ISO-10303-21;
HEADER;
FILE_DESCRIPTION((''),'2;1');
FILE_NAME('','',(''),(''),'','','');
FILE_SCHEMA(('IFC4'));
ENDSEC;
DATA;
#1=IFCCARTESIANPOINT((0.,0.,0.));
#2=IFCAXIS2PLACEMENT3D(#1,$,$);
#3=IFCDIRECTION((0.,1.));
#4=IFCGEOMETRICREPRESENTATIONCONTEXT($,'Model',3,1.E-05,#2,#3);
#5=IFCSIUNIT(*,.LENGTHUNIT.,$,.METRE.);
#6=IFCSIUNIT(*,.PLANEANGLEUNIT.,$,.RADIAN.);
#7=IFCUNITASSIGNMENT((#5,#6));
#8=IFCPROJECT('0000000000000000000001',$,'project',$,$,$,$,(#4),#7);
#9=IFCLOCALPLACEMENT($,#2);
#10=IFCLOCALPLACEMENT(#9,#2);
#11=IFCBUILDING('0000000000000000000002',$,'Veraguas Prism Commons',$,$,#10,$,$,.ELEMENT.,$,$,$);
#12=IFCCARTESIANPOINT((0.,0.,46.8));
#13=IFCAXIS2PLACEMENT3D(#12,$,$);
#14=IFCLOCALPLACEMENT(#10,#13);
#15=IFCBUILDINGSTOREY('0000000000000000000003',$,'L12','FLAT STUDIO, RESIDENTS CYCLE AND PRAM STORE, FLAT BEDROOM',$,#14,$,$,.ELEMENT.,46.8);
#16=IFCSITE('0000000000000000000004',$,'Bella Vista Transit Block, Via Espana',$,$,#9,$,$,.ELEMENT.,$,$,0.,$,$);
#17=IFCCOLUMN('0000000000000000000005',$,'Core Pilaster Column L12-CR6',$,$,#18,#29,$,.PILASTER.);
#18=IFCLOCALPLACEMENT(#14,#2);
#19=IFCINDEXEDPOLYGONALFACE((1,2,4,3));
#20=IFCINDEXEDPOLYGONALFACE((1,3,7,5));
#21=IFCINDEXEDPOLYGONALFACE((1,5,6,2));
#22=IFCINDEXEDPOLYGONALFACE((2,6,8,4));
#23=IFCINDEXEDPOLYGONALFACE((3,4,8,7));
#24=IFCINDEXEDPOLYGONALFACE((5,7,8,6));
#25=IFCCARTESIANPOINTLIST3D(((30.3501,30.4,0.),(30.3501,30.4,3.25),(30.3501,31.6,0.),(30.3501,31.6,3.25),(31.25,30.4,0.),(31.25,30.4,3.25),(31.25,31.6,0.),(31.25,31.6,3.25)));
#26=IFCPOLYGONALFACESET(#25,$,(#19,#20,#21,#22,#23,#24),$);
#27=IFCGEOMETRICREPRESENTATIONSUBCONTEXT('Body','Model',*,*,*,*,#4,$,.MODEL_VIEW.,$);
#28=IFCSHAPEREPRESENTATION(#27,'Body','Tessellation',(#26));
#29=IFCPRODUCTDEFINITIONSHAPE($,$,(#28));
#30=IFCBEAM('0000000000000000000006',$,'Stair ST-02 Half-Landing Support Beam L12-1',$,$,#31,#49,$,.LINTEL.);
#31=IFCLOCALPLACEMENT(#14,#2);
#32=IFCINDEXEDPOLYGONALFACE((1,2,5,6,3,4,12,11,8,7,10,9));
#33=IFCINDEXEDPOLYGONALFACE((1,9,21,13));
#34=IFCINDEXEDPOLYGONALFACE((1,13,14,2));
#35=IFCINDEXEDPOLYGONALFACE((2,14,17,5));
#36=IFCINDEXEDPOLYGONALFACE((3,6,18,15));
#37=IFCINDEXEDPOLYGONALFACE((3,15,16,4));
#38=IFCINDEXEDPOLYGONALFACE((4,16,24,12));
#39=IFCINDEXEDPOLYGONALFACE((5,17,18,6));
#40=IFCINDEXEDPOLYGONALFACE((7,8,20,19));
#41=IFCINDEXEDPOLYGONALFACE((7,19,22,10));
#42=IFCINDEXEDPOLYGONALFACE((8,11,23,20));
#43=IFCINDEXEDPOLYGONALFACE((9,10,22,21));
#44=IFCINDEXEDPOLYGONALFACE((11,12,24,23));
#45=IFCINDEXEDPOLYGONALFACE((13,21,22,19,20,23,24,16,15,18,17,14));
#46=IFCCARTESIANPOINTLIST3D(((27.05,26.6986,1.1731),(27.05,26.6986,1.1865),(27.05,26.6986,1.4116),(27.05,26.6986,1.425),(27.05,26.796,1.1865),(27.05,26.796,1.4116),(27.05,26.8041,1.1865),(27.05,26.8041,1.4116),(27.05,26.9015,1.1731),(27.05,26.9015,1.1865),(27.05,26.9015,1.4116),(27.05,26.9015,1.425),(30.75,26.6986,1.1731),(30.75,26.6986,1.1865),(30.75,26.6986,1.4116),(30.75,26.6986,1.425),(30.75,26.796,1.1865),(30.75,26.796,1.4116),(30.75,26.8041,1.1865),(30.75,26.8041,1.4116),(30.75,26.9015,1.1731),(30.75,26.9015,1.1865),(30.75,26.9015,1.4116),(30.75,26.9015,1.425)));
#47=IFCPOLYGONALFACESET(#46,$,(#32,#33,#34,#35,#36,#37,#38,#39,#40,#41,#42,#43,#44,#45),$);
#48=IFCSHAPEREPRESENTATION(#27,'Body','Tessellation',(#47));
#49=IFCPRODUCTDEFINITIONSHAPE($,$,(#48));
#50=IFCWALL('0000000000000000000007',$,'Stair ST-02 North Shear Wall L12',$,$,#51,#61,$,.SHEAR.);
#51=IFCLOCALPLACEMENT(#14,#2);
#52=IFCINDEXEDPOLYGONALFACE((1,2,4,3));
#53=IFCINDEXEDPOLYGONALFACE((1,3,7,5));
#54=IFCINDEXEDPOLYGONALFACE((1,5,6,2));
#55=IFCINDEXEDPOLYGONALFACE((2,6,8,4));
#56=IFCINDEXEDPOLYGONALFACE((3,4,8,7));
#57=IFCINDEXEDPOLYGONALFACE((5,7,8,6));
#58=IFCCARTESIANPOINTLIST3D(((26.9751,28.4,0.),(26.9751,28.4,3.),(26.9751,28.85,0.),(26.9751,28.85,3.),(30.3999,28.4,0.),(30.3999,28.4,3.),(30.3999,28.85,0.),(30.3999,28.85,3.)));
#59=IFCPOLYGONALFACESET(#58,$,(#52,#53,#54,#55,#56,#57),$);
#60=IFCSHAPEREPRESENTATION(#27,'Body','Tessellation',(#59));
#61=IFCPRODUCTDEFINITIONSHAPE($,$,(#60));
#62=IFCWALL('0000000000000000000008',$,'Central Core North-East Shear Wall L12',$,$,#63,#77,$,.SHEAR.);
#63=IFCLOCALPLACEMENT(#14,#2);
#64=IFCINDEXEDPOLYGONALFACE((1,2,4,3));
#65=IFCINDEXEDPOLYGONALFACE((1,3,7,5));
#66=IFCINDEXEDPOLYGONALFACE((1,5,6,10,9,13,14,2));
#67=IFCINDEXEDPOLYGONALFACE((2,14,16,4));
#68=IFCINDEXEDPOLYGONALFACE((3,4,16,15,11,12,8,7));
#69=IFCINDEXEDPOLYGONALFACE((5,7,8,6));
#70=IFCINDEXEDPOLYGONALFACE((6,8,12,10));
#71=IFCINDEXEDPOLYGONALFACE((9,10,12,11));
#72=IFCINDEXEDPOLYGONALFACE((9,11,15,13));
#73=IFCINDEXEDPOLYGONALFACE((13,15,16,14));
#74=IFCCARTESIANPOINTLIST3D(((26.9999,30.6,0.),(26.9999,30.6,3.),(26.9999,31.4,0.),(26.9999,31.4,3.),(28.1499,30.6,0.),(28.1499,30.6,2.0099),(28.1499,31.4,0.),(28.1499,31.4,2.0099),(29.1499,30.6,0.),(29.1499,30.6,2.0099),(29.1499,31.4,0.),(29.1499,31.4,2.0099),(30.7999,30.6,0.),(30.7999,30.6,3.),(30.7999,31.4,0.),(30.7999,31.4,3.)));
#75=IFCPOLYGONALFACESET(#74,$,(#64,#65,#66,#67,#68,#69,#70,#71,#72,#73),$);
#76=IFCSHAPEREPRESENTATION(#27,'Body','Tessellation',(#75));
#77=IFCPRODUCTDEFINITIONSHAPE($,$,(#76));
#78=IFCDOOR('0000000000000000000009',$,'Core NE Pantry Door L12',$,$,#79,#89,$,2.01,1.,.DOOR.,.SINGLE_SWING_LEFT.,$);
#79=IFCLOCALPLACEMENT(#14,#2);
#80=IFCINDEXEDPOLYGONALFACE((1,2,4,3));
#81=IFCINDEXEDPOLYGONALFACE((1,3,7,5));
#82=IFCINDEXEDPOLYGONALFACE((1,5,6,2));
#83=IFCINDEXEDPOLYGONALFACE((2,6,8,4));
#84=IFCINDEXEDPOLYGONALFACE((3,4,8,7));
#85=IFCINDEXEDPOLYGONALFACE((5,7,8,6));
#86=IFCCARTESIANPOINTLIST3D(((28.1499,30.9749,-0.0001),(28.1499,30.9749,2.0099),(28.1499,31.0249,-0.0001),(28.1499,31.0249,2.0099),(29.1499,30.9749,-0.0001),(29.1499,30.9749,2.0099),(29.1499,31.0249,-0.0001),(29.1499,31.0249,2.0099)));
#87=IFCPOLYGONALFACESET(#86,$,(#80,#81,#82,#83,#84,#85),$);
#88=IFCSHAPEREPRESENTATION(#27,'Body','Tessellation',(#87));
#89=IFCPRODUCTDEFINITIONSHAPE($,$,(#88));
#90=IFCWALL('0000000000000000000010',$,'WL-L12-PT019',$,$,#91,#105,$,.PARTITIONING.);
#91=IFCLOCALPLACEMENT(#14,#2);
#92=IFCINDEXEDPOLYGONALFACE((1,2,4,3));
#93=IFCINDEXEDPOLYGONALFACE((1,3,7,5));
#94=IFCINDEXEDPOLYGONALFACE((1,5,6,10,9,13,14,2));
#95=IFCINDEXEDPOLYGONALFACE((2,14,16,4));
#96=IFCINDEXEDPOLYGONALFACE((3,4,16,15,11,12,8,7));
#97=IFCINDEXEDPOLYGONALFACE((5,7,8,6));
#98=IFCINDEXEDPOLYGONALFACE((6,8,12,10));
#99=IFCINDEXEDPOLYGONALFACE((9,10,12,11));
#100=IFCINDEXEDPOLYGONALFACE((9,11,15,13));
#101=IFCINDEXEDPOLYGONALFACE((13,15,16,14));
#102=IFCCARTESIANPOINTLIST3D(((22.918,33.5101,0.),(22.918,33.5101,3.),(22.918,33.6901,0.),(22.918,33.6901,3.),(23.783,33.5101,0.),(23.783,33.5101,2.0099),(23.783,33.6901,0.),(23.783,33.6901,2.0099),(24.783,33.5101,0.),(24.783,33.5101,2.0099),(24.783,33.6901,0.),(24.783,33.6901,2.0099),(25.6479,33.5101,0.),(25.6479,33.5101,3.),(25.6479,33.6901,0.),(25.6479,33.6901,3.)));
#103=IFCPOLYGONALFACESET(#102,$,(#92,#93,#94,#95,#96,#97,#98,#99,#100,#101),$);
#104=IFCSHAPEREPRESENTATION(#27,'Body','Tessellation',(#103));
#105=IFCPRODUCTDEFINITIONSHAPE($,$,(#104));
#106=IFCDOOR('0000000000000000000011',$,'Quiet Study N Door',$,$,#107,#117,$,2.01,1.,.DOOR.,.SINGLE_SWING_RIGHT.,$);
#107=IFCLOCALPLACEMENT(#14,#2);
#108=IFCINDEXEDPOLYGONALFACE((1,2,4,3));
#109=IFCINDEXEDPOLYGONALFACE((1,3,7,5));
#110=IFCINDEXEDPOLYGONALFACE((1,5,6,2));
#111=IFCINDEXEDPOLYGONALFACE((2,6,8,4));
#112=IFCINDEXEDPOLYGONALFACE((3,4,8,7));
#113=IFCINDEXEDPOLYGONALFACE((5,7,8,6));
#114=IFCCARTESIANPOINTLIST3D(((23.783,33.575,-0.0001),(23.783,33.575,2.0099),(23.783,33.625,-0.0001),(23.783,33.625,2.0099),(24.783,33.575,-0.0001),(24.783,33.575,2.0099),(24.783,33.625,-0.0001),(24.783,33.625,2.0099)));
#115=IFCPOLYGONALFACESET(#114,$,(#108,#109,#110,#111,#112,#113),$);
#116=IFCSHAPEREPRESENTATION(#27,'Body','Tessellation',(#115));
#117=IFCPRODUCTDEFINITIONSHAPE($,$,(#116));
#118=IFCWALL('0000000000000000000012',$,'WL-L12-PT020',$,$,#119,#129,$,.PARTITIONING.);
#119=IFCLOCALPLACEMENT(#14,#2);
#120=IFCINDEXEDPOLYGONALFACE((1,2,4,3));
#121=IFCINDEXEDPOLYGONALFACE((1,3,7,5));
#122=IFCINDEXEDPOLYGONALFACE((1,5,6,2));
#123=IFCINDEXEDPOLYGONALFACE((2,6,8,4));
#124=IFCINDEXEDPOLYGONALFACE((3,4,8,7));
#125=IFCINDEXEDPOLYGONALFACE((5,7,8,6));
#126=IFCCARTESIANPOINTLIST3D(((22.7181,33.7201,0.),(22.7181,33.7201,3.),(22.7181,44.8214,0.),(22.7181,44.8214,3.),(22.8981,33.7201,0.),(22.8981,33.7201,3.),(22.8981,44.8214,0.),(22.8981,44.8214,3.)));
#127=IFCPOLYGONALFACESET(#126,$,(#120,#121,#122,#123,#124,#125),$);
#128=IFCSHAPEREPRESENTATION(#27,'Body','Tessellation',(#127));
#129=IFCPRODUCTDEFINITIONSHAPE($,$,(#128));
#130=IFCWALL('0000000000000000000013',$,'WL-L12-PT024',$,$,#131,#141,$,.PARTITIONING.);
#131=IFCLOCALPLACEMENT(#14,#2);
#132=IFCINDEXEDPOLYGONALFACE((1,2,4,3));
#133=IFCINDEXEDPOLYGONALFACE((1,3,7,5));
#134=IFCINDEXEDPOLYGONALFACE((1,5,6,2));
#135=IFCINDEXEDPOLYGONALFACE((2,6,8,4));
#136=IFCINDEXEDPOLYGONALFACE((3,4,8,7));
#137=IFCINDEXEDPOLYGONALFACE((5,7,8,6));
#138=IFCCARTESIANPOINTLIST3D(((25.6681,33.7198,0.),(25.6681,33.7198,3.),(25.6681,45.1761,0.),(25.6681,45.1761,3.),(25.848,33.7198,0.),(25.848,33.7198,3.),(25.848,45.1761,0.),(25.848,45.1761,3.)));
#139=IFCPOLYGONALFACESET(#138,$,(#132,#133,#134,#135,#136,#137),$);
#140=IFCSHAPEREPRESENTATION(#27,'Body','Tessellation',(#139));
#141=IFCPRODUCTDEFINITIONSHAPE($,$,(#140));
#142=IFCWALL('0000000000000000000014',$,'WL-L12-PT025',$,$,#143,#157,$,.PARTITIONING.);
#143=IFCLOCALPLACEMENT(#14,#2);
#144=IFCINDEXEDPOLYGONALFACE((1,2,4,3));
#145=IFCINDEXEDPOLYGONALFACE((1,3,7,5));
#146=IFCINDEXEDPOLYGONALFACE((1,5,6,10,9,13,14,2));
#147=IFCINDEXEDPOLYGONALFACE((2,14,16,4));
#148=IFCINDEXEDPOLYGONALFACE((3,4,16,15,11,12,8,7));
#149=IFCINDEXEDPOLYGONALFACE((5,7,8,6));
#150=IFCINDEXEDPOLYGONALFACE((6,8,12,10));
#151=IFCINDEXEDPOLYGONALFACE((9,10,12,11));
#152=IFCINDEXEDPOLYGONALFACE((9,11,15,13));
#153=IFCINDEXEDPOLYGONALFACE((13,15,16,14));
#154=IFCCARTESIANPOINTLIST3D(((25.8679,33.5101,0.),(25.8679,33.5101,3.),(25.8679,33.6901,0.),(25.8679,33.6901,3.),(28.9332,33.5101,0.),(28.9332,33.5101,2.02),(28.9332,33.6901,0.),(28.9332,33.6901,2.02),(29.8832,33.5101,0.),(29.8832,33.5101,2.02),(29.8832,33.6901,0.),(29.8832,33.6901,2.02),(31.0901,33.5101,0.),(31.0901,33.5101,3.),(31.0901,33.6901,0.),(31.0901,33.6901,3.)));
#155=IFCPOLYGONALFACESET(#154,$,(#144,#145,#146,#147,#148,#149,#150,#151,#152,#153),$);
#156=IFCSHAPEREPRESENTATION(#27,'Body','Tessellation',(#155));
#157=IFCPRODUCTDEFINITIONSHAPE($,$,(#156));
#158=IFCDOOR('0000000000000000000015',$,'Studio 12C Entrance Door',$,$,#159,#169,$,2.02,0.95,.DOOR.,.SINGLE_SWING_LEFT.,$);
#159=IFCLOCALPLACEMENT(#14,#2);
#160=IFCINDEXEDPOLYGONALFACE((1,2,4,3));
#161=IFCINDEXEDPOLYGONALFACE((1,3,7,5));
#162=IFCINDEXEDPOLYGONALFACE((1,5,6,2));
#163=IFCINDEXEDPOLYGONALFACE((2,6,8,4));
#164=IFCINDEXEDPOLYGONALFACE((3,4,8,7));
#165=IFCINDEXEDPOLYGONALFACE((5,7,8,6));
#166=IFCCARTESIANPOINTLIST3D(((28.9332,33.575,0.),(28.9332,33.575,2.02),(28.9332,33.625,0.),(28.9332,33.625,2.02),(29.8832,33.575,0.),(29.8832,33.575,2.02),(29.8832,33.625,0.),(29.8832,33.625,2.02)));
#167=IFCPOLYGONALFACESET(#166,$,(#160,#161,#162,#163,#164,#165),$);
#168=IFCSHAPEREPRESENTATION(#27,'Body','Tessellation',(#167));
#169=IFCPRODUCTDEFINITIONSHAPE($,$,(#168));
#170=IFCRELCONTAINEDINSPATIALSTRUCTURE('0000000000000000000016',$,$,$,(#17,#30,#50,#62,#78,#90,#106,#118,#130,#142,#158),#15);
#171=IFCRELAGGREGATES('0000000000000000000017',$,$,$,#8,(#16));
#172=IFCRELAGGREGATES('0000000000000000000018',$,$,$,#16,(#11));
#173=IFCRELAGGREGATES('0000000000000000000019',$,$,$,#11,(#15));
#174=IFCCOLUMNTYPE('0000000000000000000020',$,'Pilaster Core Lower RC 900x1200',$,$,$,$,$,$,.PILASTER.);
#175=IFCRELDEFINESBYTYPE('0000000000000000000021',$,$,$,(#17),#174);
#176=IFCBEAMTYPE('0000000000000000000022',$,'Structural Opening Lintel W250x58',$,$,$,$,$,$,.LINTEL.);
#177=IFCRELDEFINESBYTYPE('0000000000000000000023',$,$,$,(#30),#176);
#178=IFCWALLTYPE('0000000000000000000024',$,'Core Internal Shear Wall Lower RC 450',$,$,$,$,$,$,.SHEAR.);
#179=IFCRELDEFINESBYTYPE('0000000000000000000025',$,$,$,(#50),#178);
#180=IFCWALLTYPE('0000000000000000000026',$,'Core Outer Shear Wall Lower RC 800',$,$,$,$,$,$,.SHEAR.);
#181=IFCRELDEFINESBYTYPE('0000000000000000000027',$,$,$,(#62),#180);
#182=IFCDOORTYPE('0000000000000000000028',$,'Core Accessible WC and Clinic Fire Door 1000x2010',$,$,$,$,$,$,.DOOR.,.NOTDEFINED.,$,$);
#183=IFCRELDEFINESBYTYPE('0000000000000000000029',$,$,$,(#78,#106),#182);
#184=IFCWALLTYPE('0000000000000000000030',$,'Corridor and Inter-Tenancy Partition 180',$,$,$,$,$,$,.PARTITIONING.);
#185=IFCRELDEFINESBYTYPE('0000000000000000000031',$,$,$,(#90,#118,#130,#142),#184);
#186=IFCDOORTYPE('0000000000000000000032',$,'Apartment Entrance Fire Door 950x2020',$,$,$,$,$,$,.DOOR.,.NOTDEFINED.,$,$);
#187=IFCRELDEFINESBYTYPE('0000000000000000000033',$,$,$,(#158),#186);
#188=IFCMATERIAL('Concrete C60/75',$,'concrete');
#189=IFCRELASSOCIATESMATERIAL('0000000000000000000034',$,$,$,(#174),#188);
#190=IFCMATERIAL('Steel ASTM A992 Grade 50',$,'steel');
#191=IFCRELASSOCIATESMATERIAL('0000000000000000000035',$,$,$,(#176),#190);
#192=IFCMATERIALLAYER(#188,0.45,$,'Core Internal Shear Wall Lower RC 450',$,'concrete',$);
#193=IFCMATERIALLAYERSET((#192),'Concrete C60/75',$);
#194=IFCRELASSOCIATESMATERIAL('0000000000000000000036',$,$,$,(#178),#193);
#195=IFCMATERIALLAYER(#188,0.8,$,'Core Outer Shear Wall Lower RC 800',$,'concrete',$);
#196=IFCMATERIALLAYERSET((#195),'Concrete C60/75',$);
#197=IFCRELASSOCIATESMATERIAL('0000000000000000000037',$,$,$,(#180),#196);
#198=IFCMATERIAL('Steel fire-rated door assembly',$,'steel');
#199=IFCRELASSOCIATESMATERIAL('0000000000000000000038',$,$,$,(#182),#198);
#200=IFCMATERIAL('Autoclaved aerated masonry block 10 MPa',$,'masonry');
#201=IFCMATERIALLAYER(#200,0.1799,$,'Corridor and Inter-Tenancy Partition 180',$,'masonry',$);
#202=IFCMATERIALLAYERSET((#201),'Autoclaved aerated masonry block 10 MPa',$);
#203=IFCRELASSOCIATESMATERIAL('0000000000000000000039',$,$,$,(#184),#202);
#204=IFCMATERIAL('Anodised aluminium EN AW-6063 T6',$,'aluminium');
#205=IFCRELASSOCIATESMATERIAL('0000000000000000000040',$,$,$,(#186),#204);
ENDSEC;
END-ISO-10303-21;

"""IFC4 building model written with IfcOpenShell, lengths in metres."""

from ifc_helpers import new_model, si_unit, direction, frame, frame_2d, origin, origin_2d, place, context, subcontext, project, spatial, rectangle, i_section, extrude, source, transform, mapped, material, layer, layer_set, material_profile, profile_set, type_object, element, fill, save


model = new_model("IFC4")

# Units and contexts
model_context = context("Model", 3, precision=1e-05, world=origin(), true_north=direction((0.0, 1.0)))
body_context = subcontext(model_context, "Body", "Model", "MODEL_VIEW")
ifc_project = project(units=[si_unit("LENGTHUNIT", "METRE"), si_unit("PLANEANGLEUNIT", "RADIAN")], contexts=[model_context])

# Site, building, storey
site_placement = place(None, origin())
site = spatial("IfcSite", under=ifc_project, at=site_placement, Name="Bella Vista Transit Block, Via Espana", CompositionType="ELEMENT", RefElevation=0.0)
building_placement = place(site_placement, origin())
building = spatial("IfcBuilding", under=site, at=building_placement, Name="Veraguas Prism Commons", CompositionType="ELEMENT")
storey_placement = place(building_placement, frame((0.0, 0.0, 46.8)))
storey = spatial("IfcBuildingStorey", under=building, at=storey_placement, Name="L12", Description="FLAT STUDIO, RESIDENTS CYCLE AND PRAM STORE, FLAT BEDROOM", CompositionType="ELEMENT", Elevation=46.8)

# Column
ifc_material_1 = material(Name="Concrete C60/75", Category="concrete")
ifc_material_profile_1 = material_profile(ifc_material_1, rectangle(XDim=0.8999, YDim=1.2, at=origin_2d()), Name="RC900X1200")
ifc_profile_set_1 = profile_set([ifc_material_profile_1], Name="Concrete C60/75")
column_type = type_object("IfcColumnType", Name="Pilaster Core Lower RC 900x1200", PredefinedType="PILASTER", material=ifc_profile_set_1)
column_placement = place(storey_placement, frame((30.8, 31.0, 0.0), z_axis=(0.0, 0.0, 1.0), x_axis=(1.0, 0.0, 0.0)))
element("IfcColumn", 1, at=column_placement, inside=storey, type_object=column_type, Name="Core Pilaster Column L12-CR6", PredefinedType="PILASTER", context=body_context, shape_type="SweptSolid", body=[
    extrude(rectangle(XDim=0.8999, YDim=1.2, at=origin_2d()), origin(), (0.0, 0.0, 1.0), 3.25),
])

# Beam
ifc_material_2 = material(Name="Steel ASTM A992 Grade 50", Category="steel")
ifc_material_profile_2 = material_profile(ifc_material_2, i_section(OverallWidth=0.2029, OverallDepth=0.252, WebThickness=0.0081, FlangeThickness=0.0134, at=origin_2d()), Name="W250X58")
ifc_profile_set_2 = profile_set([ifc_material_profile_2], Name="Steel ASTM A992 Grade 50")
beam_type = type_object("IfcBeamType", Name="Structural Opening Lintel W250x58", PredefinedType="LINTEL", material=ifc_profile_set_2)
beam_placement = place(storey_placement, frame((27.05, 26.8, 1.2991), z_axis=(1.0, 0.0, 0.0), x_axis=(0.0, 1.0, 0.0)))
element("IfcBeam", 2, at=beam_placement, inside=storey, type_object=beam_type, Name="Stair ST-02 Half-Landing Support Beam L12-1", PredefinedType="LINTEL", context=body_context, shape_type="SweptSolid", body=[
    extrude(i_section(OverallWidth=0.2029, OverallDepth=0.252, WebThickness=0.0081, FlangeThickness=0.0134, at=origin_2d()), origin(), (0.0, 0.0, 1.0), 3.7),
])

# Wall
ifc_layer_1 = layer(ifc_material_1, 0.45, Name="Core Internal Shear Wall Lower RC 450", Category="concrete")
ifc_layer_set_1 = layer_set([ifc_layer_1], Name="Concrete C60/75")
wall_type_1 = type_object("IfcWallType", Name="Core Internal Shear Wall Lower RC 450", PredefinedType="SHEAR", material=ifc_layer_set_1)
wall_1_placement = place(storey_placement, frame((26.9751, 28.625, 0.0), z_axis=(0.0, 0.0, 1.0), x_axis=(1.0, 0.0, 0.0)))
element("IfcWall", 3, at=wall_1_placement, inside=storey, type_object=wall_type_1, Name="Stair ST-02 North Shear Wall L12", PredefinedType="SHEAR", context=body_context, shape_type="SweptSolid", body=[
    extrude(rectangle(XDim=3.4248, YDim=0.45, at=frame_2d((1.7124, 0.0))), origin(), (0.0, 0.0, 1.0), 3.0),
])

# Walls, openings, doors
ifc_layer_2 = layer(ifc_material_1, 0.8, Name="Core Outer Shear Wall Lower RC 800", Category="concrete")
ifc_layer_set_2 = layer_set([ifc_layer_2], Name="Concrete C60/75")
wall_type_2 = type_object("IfcWallType", Name="Core Outer Shear Wall Lower RC 800", PredefinedType="SHEAR", material=ifc_layer_set_2)
wall_2_placement = place(storey_placement, frame((27.0, 31.0, 0.0), z_axis=(0.0, 0.0, 1.0), x_axis=(1.0, 0.0, 0.0)))
wall_2 = element("IfcWall", 4, at=wall_2_placement, inside=storey, type_object=wall_type_2, Name="Central Core North-East Shear Wall L12", PredefinedType="SHEAR", context=body_context, shape_type="SweptSolid", body=[
    extrude(rectangle(XDim=3.8, YDim=0.8, at=frame_2d((1.8999, 0.0))), origin(), (0.0, 0.0, 1.0), 3.0),
])
opening_1_placement = place(wall_2_placement, frame((1.1499, 0.0, 0.0)))
opening_1 = element("IfcOpeningElement", 5, at=opening_1_placement, cuts=wall_2, PredefinedType="OPENING", context=body_context, shape_type="SweptSolid", body=[
    extrude(rectangle(XDim=1.0, YDim=2.01, at=frame_2d((0.5, 1.0049))), frame((0.0, 0.4099, 0.0), z_axis=(0.0, -1.0, 0.0), x_axis=(1.0, 0.0, 0.0)), (0.0, 0.0, 1.0), 0.8201),
])
ifc_material_3 = material(Name="Steel fire-rated door assembly", Category="steel")
door_type_1 = type_object("IfcDoorType", Name="Core Accessible WC and Clinic Fire Door 1000x2010", OperationType="NOTDEFINED", PredefinedType="DOOR", material=ifc_material_3)
shared_shape_1 = source(origin(), body_context, "Body", "SweptSolid", [
    extrude(rectangle(XDim=1.0, YDim=2.01, at=frame_2d((0.5, 1.0049))), frame((0.0, 0.0249, 0.0), z_axis=(0.0, -1.0, 0.0), x_axis=(1.0, 0.0, 0.0)), (0.0, 0.0, 1.0), 0.05),
])
door_1_placement = place(opening_1_placement, origin())
door_1 = element("IfcDoor", 6, at=door_1_placement, inside=storey, type_object=door_type_1, Name="Core NE Pantry Door L12", OperationType="SINGLE_SWING_LEFT", OverallHeight=2.01, OverallWidth=1.0, PredefinedType="DOOR", context=body_context, shape_type="MappedRepresentation", body=[
    mapped(shared_shape_1, transform((0.0, 0.0, 0.0), scale=1.0)),
])
fill(opening_1, door_1)
ifc_material_4 = material(Name="Autoclaved aerated masonry block 10 MPa", Category="masonry")
ifc_layer_3 = layer(ifc_material_4, 0.1799, Name="Corridor and Inter-Tenancy Partition 180", Category="masonry")
ifc_layer_set_3 = layer_set([ifc_layer_3], Name="Autoclaved aerated masonry block 10 MPa")
wall_type_3 = type_object("IfcWallType", Name="Corridor and Inter-Tenancy Partition 180", PredefinedType="PARTITIONING", material=ifc_layer_set_3)
wall_3_placement = place(storey_placement, frame((22.918, 33.6001, 0.0), z_axis=(0.0, 0.0, 1.0), x_axis=(1.0, 0.0, 0.0)))
wall_3 = element("IfcWall", 7, at=wall_3_placement, inside=storey, type_object=wall_type_3, Name="WL-L12-PT019", PredefinedType="PARTITIONING", context=body_context, shape_type="SweptSolid", body=[
    extrude(rectangle(XDim=2.73, YDim=0.1799, at=frame_2d((1.365, 0.0))), origin(), (0.0, 0.0, 1.0), 3.0),
])
opening_2_placement = place(wall_3_placement, frame((0.865, 0.0, 0.0)))
opening_2 = element("IfcOpeningElement", 8, at=opening_2_placement, cuts=wall_3, PredefinedType="OPENING", context=body_context, shape_type="SweptSolid", body=[
    extrude(rectangle(XDim=1.0, YDim=2.01, at=frame_2d((0.5, 1.0049))), frame((0.0, 0.0999, 0.0), z_axis=(0.0, -1.0, 0.0), x_axis=(1.0, 0.0, 0.0)), (0.0, 0.0, 1.0), 0.2),
])
door_2_placement = place(opening_2_placement, origin())
door_2 = element("IfcDoor", 9, at=door_2_placement, inside=storey, type_object=door_type_1, Name="Quiet Study N Door", OperationType="SINGLE_SWING_RIGHT", OverallHeight=2.01, OverallWidth=1.0, PredefinedType="DOOR", context=body_context, shape_type="MappedRepresentation", body=[
    mapped(shared_shape_1, transform((0.0, 0.0, 0.0), scale=1.0)),
])
fill(opening_2, door_2)

# Walls
wall_4_placement = place(storey_placement, frame((22.8081, 33.72, 0.0), z_axis=(0.0, 0.0, 1.0), x_axis=(0.0, 1.0, 0.0)))
element("IfcWall", 10, at=wall_4_placement, inside=storey, type_object=wall_type_3, Name="WL-L12-PT020", PredefinedType="PARTITIONING", context=body_context, shape_type="SweptSolid", body=[
    extrude(rectangle(XDim=11.1013, YDim=0.1799, at=frame_2d((5.5508, 0.0))), origin(), (0.0, 0.0, 1.0), 3.0),
])
wall_5_placement = place(storey_placement, frame((25.7581, 33.72, 0.0), z_axis=(0.0, 0.0, 1.0), x_axis=(0.0, 1.0, 0.0)))
element("IfcWall", 11, at=wall_5_placement, inside=storey, type_object=wall_type_3, Name="WL-L12-PT024", PredefinedType="PARTITIONING", context=body_context, shape_type="SweptSolid", body=[
    extrude(rectangle(XDim=11.4563, YDim=0.1799, at=frame_2d((5.728, 0.0))), origin(), (0.0, 0.0, 1.0), 3.0),
])

# Wall, opening, door
wall_6_placement = place(storey_placement, frame((25.8679, 33.6001, 0.0), z_axis=(0.0, 0.0, 1.0), x_axis=(1.0, 0.0, 0.0)))
wall_6 = element("IfcWall", 12, at=wall_6_placement, inside=storey, type_object=wall_type_3, Name="WL-L12-PT025", PredefinedType="PARTITIONING", context=body_context, shape_type="SweptSolid", body=[
    extrude(rectangle(XDim=5.2222, YDim=0.1799, at=frame_2d((2.6111, 0.0))), origin(), (0.0, 0.0, 1.0), 3.0),
])
opening_3_placement = place(wall_6_placement, frame((3.0652, 0.0, 0.0)))
opening_3 = element("IfcOpeningElement", 13, at=opening_3_placement, cuts=wall_6, PredefinedType="OPENING", context=body_context, shape_type="SweptSolid", body=[
    extrude(rectangle(XDim=0.95, YDim=2.02, at=frame_2d((0.4751, 1.01))), frame((0.0, 0.0999, 0.0), z_axis=(0.0, -1.0, 0.0), x_axis=(1.0, 0.0, 0.0)), (0.0, 0.0, 1.0), 0.2),
])
ifc_material_5 = material(Name="Anodised aluminium EN AW-6063 T6", Category="aluminium")
door_type_2 = type_object("IfcDoorType", Name="Apartment Entrance Fire Door 950x2020", OperationType="NOTDEFINED", PredefinedType="DOOR", material=ifc_material_5)
shared_shape_2 = source(origin(), body_context, "Body", "SweptSolid", [
    extrude(rectangle(XDim=0.95, YDim=2.02, at=frame_2d((0.4751, 1.01))), frame((0.0, 0.0249, 0.0), z_axis=(0.0, -1.0, 0.0), x_axis=(1.0, 0.0, 0.0)), (0.0, 0.0, 1.0), 0.05),
])
door_3_placement = place(opening_3_placement, origin())
door_3 = element("IfcDoor", 14, at=door_3_placement, inside=storey, type_object=door_type_2, Name="Studio 12C Entrance Door", OperationType="SINGLE_SWING_LEFT", OverallHeight=2.02, OverallWidth=0.95, PredefinedType="DOOR", context=body_context, shape_type="MappedRepresentation", body=[
    mapped(shared_shape_2, transform((0.0, 0.0, 0.0), scale=1.0)),
])
fill(opening_3, door_3)

save(model, "model.ifc")
